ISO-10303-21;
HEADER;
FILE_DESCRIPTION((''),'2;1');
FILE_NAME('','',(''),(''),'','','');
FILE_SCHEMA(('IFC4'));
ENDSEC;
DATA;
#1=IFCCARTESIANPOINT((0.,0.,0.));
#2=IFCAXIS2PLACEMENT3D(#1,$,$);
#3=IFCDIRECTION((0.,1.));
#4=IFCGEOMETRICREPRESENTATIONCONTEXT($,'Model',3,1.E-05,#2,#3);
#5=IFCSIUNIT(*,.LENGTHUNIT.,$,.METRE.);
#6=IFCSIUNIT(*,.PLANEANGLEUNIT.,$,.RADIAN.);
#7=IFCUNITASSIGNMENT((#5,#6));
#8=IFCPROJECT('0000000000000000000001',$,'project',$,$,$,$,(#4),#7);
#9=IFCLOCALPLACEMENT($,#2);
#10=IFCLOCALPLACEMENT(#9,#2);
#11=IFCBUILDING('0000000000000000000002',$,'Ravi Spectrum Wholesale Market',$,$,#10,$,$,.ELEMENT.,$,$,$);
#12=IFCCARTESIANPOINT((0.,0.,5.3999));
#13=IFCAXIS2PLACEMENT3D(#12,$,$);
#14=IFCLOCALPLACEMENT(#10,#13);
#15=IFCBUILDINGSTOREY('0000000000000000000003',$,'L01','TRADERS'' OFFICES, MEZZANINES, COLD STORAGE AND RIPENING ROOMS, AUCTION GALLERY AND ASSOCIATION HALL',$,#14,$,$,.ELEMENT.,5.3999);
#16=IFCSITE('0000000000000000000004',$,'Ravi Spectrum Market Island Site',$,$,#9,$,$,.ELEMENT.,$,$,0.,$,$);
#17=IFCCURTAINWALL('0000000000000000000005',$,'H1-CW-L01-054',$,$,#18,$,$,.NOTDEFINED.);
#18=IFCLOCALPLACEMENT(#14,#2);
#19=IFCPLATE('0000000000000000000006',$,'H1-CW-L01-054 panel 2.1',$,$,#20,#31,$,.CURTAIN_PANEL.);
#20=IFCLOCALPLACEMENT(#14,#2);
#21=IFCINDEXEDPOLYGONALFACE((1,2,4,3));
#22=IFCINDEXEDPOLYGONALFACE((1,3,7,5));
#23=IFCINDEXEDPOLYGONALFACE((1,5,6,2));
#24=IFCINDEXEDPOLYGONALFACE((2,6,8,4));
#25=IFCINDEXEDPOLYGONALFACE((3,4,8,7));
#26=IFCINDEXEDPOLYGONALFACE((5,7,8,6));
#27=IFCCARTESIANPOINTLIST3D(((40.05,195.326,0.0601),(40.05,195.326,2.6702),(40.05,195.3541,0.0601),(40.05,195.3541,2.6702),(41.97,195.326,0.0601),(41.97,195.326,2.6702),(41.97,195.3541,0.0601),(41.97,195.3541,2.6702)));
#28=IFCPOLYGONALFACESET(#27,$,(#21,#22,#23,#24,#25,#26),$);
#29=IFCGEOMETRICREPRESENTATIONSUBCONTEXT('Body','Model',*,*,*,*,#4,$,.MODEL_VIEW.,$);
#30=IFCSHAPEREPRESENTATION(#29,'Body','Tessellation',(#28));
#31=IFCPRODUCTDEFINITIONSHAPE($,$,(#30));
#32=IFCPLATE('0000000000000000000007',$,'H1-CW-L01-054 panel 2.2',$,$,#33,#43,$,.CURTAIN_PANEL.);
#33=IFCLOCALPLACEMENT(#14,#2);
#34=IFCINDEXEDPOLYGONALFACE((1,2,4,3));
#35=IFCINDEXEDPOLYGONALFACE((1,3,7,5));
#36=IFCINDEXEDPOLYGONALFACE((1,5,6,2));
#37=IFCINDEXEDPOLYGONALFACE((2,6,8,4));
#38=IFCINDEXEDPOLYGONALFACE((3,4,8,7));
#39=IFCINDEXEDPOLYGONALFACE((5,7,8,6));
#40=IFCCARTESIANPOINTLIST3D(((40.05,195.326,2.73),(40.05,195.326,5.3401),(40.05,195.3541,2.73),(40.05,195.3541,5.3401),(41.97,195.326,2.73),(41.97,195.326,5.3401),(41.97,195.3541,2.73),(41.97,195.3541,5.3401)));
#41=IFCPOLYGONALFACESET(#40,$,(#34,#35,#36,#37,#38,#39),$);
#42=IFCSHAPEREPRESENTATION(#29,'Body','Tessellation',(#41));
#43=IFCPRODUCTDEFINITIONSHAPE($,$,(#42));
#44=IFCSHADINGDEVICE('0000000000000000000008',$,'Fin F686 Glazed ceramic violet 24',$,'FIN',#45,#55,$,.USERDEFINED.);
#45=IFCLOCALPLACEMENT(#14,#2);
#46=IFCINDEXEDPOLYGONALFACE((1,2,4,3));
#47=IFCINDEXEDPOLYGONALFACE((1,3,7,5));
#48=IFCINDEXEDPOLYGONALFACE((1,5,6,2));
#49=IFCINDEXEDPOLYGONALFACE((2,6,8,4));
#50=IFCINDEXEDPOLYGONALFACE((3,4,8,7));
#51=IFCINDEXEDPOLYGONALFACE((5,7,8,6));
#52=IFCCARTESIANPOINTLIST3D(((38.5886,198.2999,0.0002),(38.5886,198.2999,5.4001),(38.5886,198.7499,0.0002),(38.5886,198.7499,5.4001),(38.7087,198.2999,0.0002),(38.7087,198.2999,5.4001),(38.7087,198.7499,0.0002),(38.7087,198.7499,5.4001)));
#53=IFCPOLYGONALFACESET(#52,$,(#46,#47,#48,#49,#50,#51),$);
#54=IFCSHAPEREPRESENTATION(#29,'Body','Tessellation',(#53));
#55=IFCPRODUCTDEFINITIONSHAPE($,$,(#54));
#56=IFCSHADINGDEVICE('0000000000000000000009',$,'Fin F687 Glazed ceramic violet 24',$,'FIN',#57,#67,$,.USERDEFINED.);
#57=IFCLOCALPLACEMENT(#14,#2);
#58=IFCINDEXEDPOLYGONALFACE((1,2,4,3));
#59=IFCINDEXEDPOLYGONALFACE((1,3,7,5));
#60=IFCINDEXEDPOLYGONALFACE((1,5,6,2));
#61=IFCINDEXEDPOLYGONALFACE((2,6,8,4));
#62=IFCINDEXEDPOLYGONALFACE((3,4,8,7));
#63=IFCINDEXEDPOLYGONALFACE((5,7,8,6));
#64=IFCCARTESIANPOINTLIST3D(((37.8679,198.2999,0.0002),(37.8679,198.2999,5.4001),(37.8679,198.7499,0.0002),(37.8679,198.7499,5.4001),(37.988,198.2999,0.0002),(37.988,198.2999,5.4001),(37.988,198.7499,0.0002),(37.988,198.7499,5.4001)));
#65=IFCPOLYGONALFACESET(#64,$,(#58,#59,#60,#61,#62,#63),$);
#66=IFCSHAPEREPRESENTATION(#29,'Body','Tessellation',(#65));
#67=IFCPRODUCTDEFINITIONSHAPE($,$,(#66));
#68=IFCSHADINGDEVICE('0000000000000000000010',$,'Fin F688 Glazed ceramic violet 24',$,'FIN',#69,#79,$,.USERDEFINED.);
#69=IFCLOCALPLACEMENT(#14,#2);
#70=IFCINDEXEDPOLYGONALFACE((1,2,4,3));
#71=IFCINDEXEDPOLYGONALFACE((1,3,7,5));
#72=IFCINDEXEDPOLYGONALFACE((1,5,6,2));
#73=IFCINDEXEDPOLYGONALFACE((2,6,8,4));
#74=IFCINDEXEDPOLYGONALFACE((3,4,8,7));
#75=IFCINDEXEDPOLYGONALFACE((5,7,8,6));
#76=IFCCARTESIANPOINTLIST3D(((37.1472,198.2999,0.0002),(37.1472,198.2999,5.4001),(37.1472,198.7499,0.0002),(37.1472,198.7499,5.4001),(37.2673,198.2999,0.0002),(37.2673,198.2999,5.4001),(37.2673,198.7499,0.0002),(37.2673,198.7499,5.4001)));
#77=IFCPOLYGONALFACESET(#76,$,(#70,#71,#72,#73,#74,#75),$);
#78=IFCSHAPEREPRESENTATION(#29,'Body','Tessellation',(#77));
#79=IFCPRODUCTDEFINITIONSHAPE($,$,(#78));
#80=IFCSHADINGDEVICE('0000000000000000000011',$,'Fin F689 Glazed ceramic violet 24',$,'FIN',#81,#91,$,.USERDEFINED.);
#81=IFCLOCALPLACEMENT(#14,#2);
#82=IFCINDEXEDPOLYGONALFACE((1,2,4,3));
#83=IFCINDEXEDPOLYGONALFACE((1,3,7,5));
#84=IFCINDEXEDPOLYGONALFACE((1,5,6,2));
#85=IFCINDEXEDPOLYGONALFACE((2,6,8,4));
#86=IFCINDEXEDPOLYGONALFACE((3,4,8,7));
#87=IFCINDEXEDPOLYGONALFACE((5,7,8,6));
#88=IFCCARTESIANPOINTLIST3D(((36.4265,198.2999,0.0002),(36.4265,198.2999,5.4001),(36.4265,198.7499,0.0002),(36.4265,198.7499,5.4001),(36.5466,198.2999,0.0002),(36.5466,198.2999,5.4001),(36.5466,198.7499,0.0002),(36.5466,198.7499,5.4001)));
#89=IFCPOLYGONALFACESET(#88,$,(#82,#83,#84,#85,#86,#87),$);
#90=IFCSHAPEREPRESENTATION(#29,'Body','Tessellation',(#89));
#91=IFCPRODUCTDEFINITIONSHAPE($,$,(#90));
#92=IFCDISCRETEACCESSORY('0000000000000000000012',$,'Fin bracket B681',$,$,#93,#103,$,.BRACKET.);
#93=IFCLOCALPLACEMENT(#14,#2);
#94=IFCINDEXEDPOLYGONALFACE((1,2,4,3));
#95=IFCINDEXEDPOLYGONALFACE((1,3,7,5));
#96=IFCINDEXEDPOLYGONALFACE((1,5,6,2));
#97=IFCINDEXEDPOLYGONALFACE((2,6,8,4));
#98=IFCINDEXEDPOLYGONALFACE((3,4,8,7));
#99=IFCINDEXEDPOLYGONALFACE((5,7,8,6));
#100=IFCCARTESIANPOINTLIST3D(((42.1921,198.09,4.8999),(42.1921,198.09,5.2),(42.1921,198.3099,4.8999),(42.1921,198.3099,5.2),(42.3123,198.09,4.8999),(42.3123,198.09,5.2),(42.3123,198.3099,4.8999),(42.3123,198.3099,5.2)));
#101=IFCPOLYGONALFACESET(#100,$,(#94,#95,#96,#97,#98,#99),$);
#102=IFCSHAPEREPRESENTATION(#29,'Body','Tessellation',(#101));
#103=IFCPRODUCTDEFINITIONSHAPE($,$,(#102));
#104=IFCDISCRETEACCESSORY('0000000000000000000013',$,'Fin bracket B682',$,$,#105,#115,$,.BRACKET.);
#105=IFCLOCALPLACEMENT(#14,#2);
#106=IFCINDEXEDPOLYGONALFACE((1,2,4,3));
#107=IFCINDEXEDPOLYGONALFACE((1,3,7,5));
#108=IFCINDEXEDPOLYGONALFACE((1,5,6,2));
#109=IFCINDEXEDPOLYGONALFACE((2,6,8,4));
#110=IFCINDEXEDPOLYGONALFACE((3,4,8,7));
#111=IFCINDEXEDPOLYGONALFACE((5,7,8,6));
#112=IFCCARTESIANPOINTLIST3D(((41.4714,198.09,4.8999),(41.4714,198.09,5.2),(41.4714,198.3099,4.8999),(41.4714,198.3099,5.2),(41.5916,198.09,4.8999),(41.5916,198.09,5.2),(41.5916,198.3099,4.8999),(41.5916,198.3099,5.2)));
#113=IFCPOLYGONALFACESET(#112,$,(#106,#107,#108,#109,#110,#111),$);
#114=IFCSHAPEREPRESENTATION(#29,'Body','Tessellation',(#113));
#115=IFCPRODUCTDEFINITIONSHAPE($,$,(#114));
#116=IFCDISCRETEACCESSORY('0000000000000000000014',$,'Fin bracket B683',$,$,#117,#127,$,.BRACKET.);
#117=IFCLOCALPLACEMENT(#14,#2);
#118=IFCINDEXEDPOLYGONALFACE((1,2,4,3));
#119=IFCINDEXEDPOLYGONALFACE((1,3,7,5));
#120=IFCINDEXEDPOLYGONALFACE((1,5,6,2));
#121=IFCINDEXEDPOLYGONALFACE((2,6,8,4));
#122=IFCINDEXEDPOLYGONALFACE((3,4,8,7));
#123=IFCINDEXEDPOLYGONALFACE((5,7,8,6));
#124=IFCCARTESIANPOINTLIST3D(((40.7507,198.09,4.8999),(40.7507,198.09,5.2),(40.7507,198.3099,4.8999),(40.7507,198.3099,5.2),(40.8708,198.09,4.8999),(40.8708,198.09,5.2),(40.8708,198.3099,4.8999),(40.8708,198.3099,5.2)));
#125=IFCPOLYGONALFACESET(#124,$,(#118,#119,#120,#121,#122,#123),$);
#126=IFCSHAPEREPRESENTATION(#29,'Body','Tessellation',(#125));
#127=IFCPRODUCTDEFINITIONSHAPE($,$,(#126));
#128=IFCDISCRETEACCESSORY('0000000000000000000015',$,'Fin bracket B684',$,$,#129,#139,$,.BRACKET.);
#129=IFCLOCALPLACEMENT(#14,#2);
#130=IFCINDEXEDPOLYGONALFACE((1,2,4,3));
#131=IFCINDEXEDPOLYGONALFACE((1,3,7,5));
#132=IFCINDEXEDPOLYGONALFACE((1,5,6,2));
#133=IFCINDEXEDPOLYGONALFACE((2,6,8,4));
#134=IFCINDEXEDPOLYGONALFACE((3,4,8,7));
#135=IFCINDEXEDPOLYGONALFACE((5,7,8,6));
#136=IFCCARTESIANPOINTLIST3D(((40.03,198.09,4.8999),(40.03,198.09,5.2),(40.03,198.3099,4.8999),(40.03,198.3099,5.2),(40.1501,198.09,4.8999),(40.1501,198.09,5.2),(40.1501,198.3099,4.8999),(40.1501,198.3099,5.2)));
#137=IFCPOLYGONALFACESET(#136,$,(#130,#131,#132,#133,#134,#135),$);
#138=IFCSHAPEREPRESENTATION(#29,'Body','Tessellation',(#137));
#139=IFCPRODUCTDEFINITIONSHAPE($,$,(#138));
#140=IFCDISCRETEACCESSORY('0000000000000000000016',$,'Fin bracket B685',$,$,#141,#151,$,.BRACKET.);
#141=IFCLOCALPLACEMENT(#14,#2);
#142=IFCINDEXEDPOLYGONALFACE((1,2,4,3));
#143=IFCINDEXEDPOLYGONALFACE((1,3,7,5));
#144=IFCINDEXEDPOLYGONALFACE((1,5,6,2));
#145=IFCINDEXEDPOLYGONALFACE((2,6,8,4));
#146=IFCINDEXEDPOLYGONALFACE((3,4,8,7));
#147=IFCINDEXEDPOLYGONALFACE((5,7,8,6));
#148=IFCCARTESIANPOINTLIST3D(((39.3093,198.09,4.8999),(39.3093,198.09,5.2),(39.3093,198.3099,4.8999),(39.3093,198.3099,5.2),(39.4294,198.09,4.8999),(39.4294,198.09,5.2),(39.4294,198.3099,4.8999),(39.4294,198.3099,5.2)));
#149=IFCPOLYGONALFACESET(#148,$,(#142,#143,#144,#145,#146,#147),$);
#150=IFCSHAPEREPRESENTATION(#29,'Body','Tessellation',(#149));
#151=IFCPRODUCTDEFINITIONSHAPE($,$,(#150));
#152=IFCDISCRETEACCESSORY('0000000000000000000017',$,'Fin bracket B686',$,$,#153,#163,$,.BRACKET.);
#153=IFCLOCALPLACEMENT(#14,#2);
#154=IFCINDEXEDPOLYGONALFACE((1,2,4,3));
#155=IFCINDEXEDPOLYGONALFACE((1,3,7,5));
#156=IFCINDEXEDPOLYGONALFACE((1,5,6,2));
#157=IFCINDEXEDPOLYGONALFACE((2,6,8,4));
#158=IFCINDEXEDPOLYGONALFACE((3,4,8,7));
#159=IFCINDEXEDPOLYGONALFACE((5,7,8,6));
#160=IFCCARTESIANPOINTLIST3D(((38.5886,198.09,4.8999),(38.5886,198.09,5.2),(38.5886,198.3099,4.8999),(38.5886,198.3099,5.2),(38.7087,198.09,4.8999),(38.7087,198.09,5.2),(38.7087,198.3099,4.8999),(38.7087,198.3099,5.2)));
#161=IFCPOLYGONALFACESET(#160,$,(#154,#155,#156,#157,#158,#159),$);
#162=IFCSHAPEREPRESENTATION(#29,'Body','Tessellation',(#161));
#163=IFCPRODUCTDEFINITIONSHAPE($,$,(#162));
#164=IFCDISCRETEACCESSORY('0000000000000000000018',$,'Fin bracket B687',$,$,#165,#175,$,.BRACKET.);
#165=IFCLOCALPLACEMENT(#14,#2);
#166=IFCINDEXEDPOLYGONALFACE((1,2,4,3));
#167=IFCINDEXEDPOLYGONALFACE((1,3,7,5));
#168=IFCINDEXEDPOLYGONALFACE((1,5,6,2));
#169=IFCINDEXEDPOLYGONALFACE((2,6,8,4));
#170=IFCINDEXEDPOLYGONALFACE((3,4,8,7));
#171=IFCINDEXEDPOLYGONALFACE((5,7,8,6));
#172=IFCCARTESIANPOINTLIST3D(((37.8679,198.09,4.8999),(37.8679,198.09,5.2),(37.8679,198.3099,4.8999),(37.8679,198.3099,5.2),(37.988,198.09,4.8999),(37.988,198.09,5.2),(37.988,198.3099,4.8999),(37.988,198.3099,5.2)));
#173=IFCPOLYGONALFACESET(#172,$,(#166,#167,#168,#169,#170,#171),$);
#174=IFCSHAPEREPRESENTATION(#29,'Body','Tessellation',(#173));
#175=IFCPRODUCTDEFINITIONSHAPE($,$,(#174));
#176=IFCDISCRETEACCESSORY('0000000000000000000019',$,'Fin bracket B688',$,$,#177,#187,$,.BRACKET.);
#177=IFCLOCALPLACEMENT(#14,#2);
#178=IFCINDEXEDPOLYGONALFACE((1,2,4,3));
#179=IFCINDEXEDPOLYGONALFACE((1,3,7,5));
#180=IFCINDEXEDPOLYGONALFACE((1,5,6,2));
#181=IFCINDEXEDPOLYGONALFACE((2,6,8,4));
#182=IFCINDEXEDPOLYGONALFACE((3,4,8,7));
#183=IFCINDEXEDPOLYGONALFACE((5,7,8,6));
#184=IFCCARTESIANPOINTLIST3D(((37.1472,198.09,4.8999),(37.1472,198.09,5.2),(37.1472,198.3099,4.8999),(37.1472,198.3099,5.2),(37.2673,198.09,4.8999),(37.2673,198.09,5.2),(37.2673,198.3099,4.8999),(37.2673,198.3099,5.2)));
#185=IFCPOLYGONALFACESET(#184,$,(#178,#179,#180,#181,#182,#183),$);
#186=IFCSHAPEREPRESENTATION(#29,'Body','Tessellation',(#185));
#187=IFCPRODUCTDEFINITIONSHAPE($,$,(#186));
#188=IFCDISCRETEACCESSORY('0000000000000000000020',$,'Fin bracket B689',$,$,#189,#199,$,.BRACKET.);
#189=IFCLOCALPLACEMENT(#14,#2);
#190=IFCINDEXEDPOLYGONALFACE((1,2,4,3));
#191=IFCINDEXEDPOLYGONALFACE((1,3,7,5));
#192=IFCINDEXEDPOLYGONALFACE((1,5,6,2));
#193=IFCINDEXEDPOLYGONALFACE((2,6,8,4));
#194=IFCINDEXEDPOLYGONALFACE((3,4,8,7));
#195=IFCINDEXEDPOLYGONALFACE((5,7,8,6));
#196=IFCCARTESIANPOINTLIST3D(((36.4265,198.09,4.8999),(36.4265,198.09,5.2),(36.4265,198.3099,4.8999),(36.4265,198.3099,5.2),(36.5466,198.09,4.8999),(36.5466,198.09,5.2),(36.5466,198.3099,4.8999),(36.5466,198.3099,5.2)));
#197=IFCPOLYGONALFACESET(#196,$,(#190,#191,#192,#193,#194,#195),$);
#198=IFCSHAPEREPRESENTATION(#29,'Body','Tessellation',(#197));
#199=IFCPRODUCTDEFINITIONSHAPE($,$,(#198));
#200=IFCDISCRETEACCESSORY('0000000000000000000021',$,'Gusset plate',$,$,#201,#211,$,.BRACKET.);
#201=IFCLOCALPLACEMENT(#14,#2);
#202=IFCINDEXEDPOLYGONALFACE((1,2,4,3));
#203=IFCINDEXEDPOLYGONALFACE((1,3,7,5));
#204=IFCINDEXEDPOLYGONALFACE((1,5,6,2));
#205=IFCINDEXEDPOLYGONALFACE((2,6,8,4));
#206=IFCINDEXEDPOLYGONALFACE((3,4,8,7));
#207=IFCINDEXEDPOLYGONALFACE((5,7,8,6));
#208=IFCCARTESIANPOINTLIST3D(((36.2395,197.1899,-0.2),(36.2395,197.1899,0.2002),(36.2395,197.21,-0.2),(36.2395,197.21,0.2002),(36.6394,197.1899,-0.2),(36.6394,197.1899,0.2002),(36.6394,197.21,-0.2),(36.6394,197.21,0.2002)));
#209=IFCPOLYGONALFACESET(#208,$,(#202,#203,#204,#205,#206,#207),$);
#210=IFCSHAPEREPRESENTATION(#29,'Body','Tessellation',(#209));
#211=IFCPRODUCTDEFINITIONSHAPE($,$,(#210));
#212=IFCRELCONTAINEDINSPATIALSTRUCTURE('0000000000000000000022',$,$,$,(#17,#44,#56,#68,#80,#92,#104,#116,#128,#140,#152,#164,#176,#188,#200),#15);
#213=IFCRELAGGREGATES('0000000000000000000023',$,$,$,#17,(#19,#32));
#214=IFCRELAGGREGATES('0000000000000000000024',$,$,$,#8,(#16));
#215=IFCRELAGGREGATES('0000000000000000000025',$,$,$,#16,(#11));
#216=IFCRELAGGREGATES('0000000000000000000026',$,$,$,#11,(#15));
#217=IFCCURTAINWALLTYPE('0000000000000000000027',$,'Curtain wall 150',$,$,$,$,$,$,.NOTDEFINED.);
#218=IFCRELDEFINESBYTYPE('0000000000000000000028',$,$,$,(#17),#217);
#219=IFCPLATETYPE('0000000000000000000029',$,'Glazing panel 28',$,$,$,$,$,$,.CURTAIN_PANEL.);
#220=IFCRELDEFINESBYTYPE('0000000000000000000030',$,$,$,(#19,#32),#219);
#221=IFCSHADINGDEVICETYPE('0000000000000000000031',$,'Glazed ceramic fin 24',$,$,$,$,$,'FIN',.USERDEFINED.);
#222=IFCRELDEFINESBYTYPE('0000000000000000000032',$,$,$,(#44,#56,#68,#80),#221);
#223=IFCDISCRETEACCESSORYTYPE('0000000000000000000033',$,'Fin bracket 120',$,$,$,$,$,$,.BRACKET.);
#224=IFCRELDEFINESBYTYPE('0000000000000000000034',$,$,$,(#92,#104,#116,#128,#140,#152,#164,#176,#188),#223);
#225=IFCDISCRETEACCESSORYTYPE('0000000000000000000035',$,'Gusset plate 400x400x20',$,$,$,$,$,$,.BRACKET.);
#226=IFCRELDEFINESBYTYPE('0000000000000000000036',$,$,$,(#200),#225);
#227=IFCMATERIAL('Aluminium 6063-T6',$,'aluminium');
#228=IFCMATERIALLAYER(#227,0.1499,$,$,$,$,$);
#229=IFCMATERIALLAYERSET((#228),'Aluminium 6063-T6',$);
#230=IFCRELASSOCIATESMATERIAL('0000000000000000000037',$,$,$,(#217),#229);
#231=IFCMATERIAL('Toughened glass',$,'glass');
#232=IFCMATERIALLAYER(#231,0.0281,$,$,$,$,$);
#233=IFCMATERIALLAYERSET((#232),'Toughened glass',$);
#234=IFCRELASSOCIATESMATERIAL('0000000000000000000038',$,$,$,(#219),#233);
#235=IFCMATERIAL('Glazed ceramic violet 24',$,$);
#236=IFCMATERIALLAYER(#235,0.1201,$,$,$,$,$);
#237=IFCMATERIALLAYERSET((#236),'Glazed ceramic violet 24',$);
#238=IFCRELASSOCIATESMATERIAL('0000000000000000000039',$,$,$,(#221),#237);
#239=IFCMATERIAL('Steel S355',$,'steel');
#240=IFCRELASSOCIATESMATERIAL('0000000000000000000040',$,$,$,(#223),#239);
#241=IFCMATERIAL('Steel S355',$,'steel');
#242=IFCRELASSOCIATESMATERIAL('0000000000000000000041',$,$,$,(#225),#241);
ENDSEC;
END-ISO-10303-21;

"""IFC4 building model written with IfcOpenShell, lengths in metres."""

from ifc_helpers import new_model, si_unit, direction, frame, origin, origin_2d, place, context, subcontext, project, spatial, rectangle, extrude, material, layer, layer_set, material_profile, profile_set, type_object, element, aggregate, save


model = new_model("IFC4")

# Units and contexts
model_context = context("Model", 3, precision=1e-05, world=origin(), true_north=direction((0.0, 1.0)))
body_context = subcontext(model_context, "Body", "Model", "MODEL_VIEW")
ifc_project = project(units=[si_unit("LENGTHUNIT", "METRE"), si_unit("PLANEANGLEUNIT", "RADIAN")], contexts=[model_context])

# Site, building, storey
site_placement = place(None, origin())
site = spatial("IfcSite", under=ifc_project, at=site_placement, Name="Ravi Spectrum Market Island Site", CompositionType="ELEMENT", RefElevation=0.0)
building_placement = place(site_placement, origin())
building = spatial("IfcBuilding", under=site, at=building_placement, Name="Ravi Spectrum Wholesale Market", CompositionType="ELEMENT")
storey_placement = place(building_placement, frame((0.0, 0.0, 5.3999)))
storey = spatial("IfcBuildingStorey", under=building, at=storey_placement, Name="L01", Description="TRADERS' OFFICES, MEZZANINES, COLD STORAGE AND RIPENING ROOMS, AUCTION GALLERY AND ASSOCIATION HALL", CompositionType="ELEMENT", Elevation=5.3999)

# Curtain wall
ifc_material_1 = material(Name="Aluminium 6063-T6", Category="aluminium")
ifc_layer_1 = layer(ifc_material_1, 0.1499)
ifc_layer_set_1 = layer_set([ifc_layer_1], Name="Aluminium 6063-T6")
curtain_wall_type = type_object("IfcCurtainWallType", Name="Curtain wall 150", PredefinedType="NOTDEFINED", material=ifc_layer_set_1)
curtain_wall_placement = place(storey_placement, origin())
curtain_wall = element("IfcCurtainWall", 1, at=curtain_wall_placement, inside=storey, type_object=curtain_wall_type, Name="H1-CW-L01-054", PredefinedType="NOTDEFINED")

# Plates
ifc_material_2 = material(Name="Toughened glass", Category="glass")
ifc_layer_2 = layer(ifc_material_2, 0.0281)
ifc_layer_set_2 = layer_set([ifc_layer_2], Name="Toughened glass")
plate_type = type_object("IfcPlateType", Name="Glazing panel 28", PredefinedType="CURTAIN_PANEL", material=ifc_layer_set_2)
plate_1_placement = place(storey_placement, frame((41.01, 195.3401, 0.0601), z_axis=(0.0, 0.0, 1.0), x_axis=(1.0, 0.0, 0.0)))
plate_1 = element("IfcPlate", 2, at=plate_1_placement, type_object=plate_type, Name="H1-CW-L01-054 panel 2.1", PredefinedType="CURTAIN_PANEL", context=body_context, shape_type="SweptSolid", body=[
    extrude(rectangle(XDim=1.9199, YDim=0.0281, at=origin_2d()), origin(), (0.0, 0.0, 1.0), 2.6101),
])
plate_2_placement = place(storey_placement, frame((41.01, 195.3401, 2.73), z_axis=(0.0, 0.0, 1.0), x_axis=(1.0, 0.0, 0.0)))
plate_2 = element("IfcPlate", 3, at=plate_2_placement, type_object=plate_type, Name="H1-CW-L01-054 panel 2.2", PredefinedType="CURTAIN_PANEL", context=body_context, shape_type="SweptSolid", body=[
    extrude(rectangle(XDim=1.9199, YDim=0.0281, at=origin_2d()), origin(), (0.0, 0.0, 1.0), 2.6101),
])
aggregate(curtain_wall, [plate_1, plate_2])

# Shading devices
ifc_material_3 = material(Name="Glazed ceramic violet 24")
ifc_layer_3 = layer(ifc_material_3, 0.1201)
ifc_layer_set_3 = layer_set([ifc_layer_3], Name="Glazed ceramic violet 24")
shading_device_type = type_object("IfcShadingDeviceType", Name="Glazed ceramic fin 24", ElementType="FIN", PredefinedType="USERDEFINED", material=ifc_layer_set_3)
for number, where, z_axis, x_axis, name in (
    (4, (38.6487, 198.5249, 0.0002), (0.0, 0.0, 1.0), (-1.0, 0.0, 0.0), "Fin F686 Glazed ceramic violet 24"),
    (5, (37.928, 198.5249, 0.0002), (0.0, 0.0, 1.0), (-1.0, 0.0, 0.0), "Fin F687 Glazed ceramic violet 24"),
    (6, (37.2073, 198.5249, 0.0002), (0.0, 0.0, 1.0), (-1.0, 0.0, 0.0), "Fin F688 Glazed ceramic violet 24"),
    (7, (36.4866, 198.5249, 0.0002), (0.0, 0.0, 1.0), (-1.0, 0.0, 0.0), "Fin F689 Glazed ceramic violet 24"),
):
    element("IfcShadingDevice", number, at=place(storey_placement, frame(where, z_axis=z_axis, x_axis=x_axis)), inside=storey, type_object=shading_device_type, Name=name, ObjectType="FIN", PredefinedType="USERDEFINED", context=body_context, shape_type="SweptSolid", body=[
        extrude(rectangle(XDim=0.1201, YDim=0.45, at=origin_2d()), origin(), (0.0, 0.0, 1.0), 5.3999),
    ])

# Discrete accessories
ifc_material_4 = material(Name="Steel S355", Category="steel")
discrete_accessory_type_1 = type_object("IfcDiscreteAccessoryType", Name="Fin bracket 120", PredefinedType="BRACKET", material=ifc_material_4)
for number, where, z_axis, x_axis, name in (
    (8, (42.2522, 198.2, 4.8999), (0.0, 0.0, 1.0), (-1.0, 0.0, 0.0), "Fin bracket B681"),
    (9, (41.5315, 198.2, 4.8999), (0.0, 0.0, 1.0), (-1.0, 0.0, 0.0), "Fin bracket B682"),
    (10, (40.8108, 198.2, 4.8999), (0.0, 0.0, 1.0), (-1.0, 0.0, 0.0), "Fin bracket B683"),
    (11, (40.0901, 198.2, 4.8999), (0.0, 0.0, 1.0), (-1.0, 0.0, 0.0), "Fin bracket B684"),
    (12, (39.3694, 198.2, 4.8999), (0.0, 0.0, 1.0), (-1.0, 0.0, 0.0), "Fin bracket B685"),
    (13, (38.6487, 198.2, 4.8999), (0.0, 0.0, 1.0), (-1.0, 0.0, 0.0), "Fin bracket B686"),
    (14, (37.928, 198.2, 4.8999), (0.0, 0.0, 1.0), (-1.0, 0.0, 0.0), "Fin bracket B687"),
    (15, (37.2073, 198.2, 4.8999), (0.0, 0.0, 1.0), (-1.0, 0.0, 0.0), "Fin bracket B688"),
    (16, (36.4866, 198.2, 4.8999), (0.0, 0.0, 1.0), (-1.0, 0.0, 0.0), "Fin bracket B689"),
):
    element("IfcDiscreteAccessory", number, at=place(storey_placement, frame(where, z_axis=z_axis, x_axis=x_axis)), inside=storey, type_object=discrete_accessory_type_1, Name=name, PredefinedType="BRACKET", context=body_context, shape_type="SweptSolid", body=[
        extrude(rectangle(XDim=0.1201, YDim=0.22, at=origin_2d()), origin(), (0.0, 0.0, 1.0), 0.3),
    ])
ifc_material_5 = material(Name="Steel S355", Category="steel")
ifc_material_profile_1 = material_profile(ifc_material_5, rectangle(XDim=0.3999, YDim=0.02, at=origin_2d()))
ifc_profile_set_1 = profile_set([ifc_material_profile_1], Name="Steel S355")
discrete_accessory_type_2 = type_object("IfcDiscreteAccessoryType", Name="Gusset plate 400x400x20", PredefinedType="BRACKET", material=ifc_profile_set_1)
discrete_accessory_placement = place(storey_placement, frame((36.4395, 197.2, -0.2), z_axis=(0.0, 0.0, 1.0), x_axis=(1.0, 0.0, 0.0)))
element("IfcDiscreteAccessory", 17, at=discrete_accessory_placement, inside=storey, type_object=discrete_accessory_type_2, Name="Gusset plate", PredefinedType="BRACKET", context=body_context, shape_type="SweptSolid", body=[
    extrude(rectangle(XDim=0.3999, YDim=0.02, at=origin_2d()), origin(), (0.0, 0.0, 1.0), 0.4001),
])

save(model, "model.ifc")
